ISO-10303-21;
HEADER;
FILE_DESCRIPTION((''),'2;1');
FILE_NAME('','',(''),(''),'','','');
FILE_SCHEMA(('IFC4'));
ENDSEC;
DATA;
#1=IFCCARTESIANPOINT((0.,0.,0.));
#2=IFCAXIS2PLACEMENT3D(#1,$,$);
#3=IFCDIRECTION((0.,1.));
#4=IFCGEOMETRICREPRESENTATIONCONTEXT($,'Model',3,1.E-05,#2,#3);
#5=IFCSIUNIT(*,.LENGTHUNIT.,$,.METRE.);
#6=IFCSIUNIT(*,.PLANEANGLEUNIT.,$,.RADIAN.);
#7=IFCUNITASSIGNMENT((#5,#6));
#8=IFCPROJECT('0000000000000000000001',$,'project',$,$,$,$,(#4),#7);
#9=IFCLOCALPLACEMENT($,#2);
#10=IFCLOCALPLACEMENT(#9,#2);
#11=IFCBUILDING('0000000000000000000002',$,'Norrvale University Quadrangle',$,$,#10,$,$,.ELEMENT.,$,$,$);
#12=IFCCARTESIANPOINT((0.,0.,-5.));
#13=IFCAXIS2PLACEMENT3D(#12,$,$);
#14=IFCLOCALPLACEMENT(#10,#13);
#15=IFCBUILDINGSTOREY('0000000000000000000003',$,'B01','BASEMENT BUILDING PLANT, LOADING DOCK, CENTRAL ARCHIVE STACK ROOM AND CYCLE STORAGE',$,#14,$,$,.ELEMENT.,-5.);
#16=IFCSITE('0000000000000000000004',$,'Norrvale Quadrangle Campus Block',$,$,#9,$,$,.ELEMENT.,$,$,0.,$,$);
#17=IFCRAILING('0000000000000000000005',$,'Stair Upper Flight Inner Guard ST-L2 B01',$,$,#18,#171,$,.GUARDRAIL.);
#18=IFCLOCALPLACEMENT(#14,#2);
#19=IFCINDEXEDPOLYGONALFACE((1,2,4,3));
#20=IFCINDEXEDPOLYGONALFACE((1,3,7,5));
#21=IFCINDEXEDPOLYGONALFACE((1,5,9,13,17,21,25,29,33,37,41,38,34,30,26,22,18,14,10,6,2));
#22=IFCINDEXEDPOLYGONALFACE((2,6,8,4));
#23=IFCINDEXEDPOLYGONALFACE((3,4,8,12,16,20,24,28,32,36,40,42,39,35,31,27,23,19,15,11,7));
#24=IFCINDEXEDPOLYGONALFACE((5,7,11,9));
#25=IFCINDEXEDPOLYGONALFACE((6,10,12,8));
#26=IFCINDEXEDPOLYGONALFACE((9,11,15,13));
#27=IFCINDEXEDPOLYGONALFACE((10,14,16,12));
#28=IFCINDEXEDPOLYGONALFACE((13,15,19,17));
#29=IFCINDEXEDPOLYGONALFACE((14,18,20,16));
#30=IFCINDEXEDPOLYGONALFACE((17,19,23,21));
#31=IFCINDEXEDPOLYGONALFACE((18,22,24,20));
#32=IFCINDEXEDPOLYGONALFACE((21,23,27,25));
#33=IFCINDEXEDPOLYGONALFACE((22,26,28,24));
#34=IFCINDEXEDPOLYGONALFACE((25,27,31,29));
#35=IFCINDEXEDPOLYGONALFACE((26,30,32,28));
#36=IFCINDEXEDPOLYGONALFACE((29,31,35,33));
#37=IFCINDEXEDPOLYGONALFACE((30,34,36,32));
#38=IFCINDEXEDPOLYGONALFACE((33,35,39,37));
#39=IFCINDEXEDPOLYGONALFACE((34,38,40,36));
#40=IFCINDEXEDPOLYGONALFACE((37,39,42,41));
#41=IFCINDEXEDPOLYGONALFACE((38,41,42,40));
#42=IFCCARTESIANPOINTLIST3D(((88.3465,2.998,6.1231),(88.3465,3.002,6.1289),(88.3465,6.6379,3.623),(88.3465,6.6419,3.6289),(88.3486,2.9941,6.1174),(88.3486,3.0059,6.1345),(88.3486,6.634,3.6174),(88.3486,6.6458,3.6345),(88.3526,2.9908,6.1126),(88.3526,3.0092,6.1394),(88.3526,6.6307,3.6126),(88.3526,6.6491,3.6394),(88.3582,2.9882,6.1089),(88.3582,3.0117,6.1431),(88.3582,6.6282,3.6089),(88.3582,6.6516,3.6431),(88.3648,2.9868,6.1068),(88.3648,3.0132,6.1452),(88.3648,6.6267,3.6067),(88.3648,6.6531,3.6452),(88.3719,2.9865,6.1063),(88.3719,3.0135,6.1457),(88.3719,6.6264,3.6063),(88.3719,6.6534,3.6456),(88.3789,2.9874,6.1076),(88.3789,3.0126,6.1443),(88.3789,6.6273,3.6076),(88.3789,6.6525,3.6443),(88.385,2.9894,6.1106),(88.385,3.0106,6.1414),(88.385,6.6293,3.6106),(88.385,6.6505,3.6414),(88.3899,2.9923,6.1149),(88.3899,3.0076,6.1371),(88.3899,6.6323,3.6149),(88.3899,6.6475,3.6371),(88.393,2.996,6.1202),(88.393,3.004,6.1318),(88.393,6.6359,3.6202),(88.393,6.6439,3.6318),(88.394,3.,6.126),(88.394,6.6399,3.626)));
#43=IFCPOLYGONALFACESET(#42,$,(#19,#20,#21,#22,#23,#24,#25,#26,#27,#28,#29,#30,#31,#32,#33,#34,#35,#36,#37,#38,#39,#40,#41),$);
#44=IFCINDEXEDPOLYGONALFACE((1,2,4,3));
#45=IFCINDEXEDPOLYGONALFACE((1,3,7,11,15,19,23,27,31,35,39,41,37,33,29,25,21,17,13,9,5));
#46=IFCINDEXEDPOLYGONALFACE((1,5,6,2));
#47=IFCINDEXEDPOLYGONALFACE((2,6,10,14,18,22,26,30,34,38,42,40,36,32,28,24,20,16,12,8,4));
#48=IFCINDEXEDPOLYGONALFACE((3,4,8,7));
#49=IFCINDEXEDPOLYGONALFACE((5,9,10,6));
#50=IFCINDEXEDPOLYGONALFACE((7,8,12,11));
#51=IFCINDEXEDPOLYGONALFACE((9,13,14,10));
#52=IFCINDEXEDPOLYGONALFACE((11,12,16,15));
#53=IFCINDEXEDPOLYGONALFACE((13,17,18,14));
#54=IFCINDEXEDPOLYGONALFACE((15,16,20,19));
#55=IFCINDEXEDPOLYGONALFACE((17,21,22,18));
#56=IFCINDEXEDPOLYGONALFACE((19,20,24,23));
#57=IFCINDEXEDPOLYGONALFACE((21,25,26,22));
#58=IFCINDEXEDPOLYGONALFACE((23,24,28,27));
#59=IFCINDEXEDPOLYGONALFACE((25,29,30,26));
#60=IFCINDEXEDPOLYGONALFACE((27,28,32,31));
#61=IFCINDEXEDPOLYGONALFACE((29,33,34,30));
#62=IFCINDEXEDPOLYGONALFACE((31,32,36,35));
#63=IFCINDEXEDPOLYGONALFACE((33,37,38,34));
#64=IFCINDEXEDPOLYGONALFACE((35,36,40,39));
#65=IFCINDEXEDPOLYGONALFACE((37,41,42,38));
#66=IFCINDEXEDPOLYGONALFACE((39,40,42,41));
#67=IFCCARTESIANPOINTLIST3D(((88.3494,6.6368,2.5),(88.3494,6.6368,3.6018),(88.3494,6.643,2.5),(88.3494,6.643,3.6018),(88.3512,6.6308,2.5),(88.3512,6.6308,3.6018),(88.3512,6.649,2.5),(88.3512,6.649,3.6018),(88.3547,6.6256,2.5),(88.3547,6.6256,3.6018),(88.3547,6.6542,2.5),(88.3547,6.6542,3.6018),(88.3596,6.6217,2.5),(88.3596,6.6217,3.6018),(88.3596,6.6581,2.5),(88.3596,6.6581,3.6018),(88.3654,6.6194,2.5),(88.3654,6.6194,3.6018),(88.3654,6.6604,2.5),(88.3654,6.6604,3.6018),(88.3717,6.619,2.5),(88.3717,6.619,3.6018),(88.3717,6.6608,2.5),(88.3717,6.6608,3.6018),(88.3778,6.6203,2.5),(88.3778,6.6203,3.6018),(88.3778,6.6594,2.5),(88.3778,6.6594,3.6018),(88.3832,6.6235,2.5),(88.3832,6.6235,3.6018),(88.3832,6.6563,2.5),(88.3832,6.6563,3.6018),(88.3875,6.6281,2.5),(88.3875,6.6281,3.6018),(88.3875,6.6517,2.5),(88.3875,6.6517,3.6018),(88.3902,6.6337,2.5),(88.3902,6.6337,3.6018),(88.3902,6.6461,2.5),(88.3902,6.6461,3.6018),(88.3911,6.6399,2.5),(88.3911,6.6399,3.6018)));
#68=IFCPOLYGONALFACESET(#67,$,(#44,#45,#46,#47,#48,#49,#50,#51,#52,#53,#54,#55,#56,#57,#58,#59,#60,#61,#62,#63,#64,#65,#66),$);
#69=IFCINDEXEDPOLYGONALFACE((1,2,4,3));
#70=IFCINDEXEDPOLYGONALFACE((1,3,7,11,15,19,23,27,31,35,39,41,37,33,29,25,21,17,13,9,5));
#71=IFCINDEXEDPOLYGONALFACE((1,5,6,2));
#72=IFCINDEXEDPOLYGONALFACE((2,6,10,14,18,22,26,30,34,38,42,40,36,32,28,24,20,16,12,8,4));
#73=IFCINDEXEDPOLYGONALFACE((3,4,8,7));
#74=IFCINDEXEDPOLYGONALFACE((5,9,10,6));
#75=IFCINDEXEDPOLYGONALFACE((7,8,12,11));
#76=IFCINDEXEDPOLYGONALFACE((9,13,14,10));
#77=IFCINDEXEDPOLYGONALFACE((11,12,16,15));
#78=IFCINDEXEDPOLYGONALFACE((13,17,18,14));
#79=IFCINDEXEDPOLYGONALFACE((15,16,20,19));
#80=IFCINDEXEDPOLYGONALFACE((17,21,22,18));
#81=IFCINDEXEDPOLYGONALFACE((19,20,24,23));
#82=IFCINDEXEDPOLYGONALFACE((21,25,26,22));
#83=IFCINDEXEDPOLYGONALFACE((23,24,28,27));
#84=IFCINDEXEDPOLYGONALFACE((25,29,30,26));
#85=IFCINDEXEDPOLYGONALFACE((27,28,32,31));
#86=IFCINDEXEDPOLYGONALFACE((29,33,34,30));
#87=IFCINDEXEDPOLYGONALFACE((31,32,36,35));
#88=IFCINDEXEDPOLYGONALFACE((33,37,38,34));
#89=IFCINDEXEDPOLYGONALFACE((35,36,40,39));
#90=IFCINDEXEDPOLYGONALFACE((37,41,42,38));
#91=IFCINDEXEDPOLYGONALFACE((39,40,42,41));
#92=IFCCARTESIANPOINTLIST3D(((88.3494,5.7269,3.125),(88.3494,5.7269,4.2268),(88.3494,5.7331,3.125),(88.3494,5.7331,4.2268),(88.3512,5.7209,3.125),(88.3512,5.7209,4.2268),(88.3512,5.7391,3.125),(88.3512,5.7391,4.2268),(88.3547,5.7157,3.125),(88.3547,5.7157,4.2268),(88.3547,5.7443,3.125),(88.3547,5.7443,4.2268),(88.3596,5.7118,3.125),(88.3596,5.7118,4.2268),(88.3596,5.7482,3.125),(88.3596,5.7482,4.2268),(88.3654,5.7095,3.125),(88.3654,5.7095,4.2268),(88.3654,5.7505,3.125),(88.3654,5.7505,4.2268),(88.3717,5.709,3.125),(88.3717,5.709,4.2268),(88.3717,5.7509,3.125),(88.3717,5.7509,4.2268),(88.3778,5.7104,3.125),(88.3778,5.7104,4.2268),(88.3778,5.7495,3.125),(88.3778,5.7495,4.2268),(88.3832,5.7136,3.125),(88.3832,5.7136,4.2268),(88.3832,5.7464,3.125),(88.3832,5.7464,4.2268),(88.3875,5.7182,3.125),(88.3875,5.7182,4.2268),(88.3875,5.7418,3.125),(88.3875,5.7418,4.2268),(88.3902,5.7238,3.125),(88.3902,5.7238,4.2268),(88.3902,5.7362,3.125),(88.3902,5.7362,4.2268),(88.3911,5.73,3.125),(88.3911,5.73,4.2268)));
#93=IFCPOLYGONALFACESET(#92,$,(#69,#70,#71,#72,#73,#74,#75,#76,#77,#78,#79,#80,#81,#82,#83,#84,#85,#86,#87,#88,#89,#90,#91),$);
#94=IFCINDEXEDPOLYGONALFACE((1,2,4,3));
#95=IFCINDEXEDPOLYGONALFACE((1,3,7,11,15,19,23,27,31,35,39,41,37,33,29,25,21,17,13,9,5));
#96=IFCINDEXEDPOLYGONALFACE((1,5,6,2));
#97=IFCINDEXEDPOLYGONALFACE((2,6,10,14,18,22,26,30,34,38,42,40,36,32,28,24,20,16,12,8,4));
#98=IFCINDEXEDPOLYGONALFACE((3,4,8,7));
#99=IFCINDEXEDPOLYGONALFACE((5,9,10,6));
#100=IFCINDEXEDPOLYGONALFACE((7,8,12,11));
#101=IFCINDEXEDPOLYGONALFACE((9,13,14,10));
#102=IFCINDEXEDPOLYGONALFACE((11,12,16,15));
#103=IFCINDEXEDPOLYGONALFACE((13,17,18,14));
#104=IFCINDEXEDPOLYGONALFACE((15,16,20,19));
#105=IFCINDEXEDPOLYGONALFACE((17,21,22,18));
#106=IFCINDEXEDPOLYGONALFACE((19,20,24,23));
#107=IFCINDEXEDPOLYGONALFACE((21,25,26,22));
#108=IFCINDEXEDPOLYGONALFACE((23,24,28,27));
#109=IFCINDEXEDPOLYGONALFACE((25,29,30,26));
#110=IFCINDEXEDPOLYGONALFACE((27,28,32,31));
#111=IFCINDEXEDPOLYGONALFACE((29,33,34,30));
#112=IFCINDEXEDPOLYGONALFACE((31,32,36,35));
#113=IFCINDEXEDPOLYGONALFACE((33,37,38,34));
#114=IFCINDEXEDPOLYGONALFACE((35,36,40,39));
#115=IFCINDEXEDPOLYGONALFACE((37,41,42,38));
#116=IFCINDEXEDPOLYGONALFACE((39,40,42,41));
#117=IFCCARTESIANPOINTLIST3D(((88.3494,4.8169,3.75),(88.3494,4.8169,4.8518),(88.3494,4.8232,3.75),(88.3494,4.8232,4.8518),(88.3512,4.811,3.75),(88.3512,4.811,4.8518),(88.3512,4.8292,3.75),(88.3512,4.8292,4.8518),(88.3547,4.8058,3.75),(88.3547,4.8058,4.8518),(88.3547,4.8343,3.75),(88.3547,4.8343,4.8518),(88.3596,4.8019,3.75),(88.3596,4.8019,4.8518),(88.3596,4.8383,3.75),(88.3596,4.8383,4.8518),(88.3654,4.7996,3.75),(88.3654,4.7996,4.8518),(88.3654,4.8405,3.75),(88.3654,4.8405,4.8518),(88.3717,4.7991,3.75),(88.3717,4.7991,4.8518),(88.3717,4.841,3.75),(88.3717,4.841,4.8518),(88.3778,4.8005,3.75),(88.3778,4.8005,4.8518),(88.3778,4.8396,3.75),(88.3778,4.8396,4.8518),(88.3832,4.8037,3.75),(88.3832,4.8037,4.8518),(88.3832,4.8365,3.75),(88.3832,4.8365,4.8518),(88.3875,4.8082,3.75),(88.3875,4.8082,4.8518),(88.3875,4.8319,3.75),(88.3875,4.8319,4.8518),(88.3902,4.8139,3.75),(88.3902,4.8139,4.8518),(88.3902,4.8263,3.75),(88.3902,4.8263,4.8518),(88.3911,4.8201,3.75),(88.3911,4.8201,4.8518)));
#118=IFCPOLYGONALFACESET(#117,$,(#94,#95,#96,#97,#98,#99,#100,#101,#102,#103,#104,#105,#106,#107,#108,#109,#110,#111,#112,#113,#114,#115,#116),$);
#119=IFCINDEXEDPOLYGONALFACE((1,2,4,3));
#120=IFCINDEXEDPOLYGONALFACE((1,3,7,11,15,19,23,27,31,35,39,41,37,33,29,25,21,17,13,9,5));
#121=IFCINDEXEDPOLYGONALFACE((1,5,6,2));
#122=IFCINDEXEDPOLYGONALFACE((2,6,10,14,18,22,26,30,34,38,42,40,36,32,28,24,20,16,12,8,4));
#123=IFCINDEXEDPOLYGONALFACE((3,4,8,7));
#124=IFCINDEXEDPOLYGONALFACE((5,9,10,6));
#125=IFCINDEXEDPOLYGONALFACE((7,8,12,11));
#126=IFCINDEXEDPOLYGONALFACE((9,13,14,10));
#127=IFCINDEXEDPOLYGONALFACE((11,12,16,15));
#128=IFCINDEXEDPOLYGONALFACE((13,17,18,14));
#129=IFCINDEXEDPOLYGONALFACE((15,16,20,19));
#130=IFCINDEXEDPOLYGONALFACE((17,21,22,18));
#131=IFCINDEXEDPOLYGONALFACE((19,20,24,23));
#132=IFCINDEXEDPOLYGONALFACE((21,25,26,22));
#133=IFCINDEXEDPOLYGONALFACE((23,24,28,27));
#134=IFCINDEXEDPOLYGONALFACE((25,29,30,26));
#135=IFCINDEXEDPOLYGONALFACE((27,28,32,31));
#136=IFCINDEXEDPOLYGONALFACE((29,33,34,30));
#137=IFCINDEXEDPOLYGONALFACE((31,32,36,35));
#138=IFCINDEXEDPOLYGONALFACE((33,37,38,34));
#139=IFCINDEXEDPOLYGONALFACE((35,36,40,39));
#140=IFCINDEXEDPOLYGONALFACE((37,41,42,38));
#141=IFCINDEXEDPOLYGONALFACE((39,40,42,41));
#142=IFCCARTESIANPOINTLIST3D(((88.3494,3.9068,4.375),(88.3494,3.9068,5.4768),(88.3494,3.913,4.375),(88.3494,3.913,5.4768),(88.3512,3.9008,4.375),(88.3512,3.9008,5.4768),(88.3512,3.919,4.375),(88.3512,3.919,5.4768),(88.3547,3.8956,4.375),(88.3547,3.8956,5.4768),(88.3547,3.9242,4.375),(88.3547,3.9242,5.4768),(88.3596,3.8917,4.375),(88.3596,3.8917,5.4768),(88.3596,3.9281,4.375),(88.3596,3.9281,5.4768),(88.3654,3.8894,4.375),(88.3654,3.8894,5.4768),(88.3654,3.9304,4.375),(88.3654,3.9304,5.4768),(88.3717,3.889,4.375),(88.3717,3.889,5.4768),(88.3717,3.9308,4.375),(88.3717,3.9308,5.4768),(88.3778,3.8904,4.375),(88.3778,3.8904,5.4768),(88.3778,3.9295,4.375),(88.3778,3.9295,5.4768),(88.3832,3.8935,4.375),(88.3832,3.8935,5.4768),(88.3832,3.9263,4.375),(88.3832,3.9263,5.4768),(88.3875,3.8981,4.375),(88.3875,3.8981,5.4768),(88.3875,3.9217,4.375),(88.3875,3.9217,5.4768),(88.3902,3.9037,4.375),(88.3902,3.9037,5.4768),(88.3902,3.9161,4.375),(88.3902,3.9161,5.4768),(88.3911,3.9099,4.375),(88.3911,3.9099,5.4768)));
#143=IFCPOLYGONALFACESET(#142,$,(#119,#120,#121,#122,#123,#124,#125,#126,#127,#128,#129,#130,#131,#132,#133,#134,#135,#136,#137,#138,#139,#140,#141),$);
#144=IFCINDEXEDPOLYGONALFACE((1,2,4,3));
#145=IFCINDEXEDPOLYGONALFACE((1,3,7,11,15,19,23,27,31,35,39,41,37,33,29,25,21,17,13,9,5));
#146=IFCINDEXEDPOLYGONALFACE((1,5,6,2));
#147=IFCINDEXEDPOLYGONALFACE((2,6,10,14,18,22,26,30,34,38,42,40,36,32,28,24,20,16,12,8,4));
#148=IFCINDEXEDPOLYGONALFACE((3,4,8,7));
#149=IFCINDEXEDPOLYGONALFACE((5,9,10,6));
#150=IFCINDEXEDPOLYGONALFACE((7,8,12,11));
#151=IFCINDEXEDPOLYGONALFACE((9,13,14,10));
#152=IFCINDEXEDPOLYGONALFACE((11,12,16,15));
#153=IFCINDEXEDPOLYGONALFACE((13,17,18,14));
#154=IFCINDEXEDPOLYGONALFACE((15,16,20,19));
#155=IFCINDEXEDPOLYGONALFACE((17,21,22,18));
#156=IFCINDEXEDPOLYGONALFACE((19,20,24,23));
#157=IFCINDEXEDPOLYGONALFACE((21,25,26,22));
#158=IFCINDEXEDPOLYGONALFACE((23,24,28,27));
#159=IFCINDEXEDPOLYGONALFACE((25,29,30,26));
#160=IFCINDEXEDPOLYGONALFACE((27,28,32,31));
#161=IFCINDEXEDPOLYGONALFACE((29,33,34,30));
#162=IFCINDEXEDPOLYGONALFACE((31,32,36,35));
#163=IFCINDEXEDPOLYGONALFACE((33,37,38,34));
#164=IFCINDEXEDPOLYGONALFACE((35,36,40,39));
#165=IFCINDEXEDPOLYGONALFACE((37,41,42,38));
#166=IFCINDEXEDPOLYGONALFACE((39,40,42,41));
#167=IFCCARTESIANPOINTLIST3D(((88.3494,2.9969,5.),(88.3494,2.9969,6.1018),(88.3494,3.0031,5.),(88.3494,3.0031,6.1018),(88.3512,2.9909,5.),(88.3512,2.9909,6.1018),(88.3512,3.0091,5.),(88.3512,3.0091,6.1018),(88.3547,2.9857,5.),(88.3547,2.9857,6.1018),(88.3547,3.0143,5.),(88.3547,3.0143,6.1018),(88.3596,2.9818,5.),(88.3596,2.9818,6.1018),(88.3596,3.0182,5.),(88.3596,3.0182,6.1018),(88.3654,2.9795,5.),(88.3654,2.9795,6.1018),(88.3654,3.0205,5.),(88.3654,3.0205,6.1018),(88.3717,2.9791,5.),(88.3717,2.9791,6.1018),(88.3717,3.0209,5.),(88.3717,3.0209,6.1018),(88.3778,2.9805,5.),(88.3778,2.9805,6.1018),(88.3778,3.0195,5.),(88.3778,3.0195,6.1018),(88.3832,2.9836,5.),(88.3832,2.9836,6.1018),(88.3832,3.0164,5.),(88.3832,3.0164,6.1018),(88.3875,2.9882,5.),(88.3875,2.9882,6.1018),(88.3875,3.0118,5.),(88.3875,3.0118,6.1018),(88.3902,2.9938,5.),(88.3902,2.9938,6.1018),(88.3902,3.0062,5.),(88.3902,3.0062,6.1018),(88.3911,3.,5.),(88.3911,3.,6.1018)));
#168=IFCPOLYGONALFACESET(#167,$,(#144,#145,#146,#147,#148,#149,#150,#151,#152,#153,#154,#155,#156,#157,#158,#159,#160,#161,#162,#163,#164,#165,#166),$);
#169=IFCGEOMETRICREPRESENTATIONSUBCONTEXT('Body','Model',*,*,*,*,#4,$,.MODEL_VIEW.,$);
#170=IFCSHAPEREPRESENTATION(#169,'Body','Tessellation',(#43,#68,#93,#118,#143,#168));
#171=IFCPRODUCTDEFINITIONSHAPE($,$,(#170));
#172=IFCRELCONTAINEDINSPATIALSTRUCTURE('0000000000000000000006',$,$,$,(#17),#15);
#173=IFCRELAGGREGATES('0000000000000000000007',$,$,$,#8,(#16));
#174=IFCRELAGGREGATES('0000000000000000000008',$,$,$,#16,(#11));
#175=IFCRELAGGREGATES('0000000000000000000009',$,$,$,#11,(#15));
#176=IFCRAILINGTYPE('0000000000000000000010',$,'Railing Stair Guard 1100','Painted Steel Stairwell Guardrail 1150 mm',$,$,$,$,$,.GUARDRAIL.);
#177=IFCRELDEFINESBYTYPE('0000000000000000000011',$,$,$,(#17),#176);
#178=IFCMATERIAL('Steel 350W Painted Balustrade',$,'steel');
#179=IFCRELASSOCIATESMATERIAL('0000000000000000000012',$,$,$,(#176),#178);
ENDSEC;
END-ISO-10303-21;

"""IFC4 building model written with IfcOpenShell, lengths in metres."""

from ifc_helpers import new_model, si_unit, direction, frame, origin, origin_2d, place, context, subcontext, project, spatial, circle, extrude, material, type_object, element, save


model = new_model("IFC4")

# Units and contexts
model_context = context("Model", 3, precision=1e-05, world=origin(), true_north=direction((0.0, 1.0)))
body_context = subcontext(model_context, "Body", "Model", "MODEL_VIEW")
ifc_project = project(units=[si_unit("LENGTHUNIT", "METRE"), si_unit("PLANEANGLEUNIT", "RADIAN")], contexts=[model_context])

# Site, building, storey
site_placement = place(None, origin())
site = spatial("IfcSite", under=ifc_project, at=site_placement, Name="Norrvale Quadrangle Campus Block", CompositionType="ELEMENT", RefElevation=0.0)
building_placement = place(site_placement, origin())
building = spatial("IfcBuilding", under=site, at=building_placement, Name="Norrvale University Quadrangle", CompositionType="ELEMENT")
storey_placement = place(building_placement, frame((0.0, 0.0, -5.0)))
storey = spatial("IfcBuildingStorey", under=building, at=storey_placement, Name="B01", Description="BASEMENT BUILDING PLANT, LOADING DOCK, CENTRAL ARCHIVE STACK ROOM AND CYCLE STORAGE", CompositionType="ELEMENT", Elevation=-5.0)

# Railing
ifc_material_1 = material(Name="Steel 350W Painted Balustrade", Category="steel")
railing_type_1 = type_object("IfcRailingType", Name="Railing Stair Guard 1100", Description="Painted Steel Stairwell Guardrail 1150 mm", PredefinedType="GUARDRAIL", material=ifc_material_1)
railing_1_placement = place(storey_placement, frame((88.3701, 6.6399, 2.5)))
element("IfcRailing", 1, at=railing_1_placement, inside=storey, type_object=railing_type_1, Name="Stair Upper Flight Inner Guard ST-L2 B01", PredefinedType="GUARDRAIL", context=body_context, shape_type="SweptSolid", body=[
    extrude(circle(Radius=0.0239, at=origin_2d()), frame((0.0, 0.0, 1.126), z_axis=(0.0, -0.824298, 0.566156), x_axis=(1.0, 0.0, 0.0)), (0.0, 0.0, 1.0), 4.4158),
    extrude(circle(Radius=0.021, at=origin_2d()), origin(), (0.0, 0.0, 1.0), 1.1018),
    extrude(circle(Radius=0.021, at=origin_2d()), frame((0.0, -0.9099, 0.625)), (0.0, 0.0, 1.0), 1.1018),
    extrude(circle(Radius=0.021, at=origin_2d()), frame((0.0, -1.8198, 1.25)), (0.0, 0.0, 1.0), 1.1018),
    extrude(circle(Radius=0.021, at=origin_2d()), frame((0.0, -2.73, 1.875)), (0.0, 0.0, 1.0), 1.1018),
    extrude(circle(Radius=0.021, at=origin_2d()), frame((0.0, -3.6399, 2.5)), (0.0, 0.0, 1.0), 1.1018),
])

save(model, "model.ifc")
